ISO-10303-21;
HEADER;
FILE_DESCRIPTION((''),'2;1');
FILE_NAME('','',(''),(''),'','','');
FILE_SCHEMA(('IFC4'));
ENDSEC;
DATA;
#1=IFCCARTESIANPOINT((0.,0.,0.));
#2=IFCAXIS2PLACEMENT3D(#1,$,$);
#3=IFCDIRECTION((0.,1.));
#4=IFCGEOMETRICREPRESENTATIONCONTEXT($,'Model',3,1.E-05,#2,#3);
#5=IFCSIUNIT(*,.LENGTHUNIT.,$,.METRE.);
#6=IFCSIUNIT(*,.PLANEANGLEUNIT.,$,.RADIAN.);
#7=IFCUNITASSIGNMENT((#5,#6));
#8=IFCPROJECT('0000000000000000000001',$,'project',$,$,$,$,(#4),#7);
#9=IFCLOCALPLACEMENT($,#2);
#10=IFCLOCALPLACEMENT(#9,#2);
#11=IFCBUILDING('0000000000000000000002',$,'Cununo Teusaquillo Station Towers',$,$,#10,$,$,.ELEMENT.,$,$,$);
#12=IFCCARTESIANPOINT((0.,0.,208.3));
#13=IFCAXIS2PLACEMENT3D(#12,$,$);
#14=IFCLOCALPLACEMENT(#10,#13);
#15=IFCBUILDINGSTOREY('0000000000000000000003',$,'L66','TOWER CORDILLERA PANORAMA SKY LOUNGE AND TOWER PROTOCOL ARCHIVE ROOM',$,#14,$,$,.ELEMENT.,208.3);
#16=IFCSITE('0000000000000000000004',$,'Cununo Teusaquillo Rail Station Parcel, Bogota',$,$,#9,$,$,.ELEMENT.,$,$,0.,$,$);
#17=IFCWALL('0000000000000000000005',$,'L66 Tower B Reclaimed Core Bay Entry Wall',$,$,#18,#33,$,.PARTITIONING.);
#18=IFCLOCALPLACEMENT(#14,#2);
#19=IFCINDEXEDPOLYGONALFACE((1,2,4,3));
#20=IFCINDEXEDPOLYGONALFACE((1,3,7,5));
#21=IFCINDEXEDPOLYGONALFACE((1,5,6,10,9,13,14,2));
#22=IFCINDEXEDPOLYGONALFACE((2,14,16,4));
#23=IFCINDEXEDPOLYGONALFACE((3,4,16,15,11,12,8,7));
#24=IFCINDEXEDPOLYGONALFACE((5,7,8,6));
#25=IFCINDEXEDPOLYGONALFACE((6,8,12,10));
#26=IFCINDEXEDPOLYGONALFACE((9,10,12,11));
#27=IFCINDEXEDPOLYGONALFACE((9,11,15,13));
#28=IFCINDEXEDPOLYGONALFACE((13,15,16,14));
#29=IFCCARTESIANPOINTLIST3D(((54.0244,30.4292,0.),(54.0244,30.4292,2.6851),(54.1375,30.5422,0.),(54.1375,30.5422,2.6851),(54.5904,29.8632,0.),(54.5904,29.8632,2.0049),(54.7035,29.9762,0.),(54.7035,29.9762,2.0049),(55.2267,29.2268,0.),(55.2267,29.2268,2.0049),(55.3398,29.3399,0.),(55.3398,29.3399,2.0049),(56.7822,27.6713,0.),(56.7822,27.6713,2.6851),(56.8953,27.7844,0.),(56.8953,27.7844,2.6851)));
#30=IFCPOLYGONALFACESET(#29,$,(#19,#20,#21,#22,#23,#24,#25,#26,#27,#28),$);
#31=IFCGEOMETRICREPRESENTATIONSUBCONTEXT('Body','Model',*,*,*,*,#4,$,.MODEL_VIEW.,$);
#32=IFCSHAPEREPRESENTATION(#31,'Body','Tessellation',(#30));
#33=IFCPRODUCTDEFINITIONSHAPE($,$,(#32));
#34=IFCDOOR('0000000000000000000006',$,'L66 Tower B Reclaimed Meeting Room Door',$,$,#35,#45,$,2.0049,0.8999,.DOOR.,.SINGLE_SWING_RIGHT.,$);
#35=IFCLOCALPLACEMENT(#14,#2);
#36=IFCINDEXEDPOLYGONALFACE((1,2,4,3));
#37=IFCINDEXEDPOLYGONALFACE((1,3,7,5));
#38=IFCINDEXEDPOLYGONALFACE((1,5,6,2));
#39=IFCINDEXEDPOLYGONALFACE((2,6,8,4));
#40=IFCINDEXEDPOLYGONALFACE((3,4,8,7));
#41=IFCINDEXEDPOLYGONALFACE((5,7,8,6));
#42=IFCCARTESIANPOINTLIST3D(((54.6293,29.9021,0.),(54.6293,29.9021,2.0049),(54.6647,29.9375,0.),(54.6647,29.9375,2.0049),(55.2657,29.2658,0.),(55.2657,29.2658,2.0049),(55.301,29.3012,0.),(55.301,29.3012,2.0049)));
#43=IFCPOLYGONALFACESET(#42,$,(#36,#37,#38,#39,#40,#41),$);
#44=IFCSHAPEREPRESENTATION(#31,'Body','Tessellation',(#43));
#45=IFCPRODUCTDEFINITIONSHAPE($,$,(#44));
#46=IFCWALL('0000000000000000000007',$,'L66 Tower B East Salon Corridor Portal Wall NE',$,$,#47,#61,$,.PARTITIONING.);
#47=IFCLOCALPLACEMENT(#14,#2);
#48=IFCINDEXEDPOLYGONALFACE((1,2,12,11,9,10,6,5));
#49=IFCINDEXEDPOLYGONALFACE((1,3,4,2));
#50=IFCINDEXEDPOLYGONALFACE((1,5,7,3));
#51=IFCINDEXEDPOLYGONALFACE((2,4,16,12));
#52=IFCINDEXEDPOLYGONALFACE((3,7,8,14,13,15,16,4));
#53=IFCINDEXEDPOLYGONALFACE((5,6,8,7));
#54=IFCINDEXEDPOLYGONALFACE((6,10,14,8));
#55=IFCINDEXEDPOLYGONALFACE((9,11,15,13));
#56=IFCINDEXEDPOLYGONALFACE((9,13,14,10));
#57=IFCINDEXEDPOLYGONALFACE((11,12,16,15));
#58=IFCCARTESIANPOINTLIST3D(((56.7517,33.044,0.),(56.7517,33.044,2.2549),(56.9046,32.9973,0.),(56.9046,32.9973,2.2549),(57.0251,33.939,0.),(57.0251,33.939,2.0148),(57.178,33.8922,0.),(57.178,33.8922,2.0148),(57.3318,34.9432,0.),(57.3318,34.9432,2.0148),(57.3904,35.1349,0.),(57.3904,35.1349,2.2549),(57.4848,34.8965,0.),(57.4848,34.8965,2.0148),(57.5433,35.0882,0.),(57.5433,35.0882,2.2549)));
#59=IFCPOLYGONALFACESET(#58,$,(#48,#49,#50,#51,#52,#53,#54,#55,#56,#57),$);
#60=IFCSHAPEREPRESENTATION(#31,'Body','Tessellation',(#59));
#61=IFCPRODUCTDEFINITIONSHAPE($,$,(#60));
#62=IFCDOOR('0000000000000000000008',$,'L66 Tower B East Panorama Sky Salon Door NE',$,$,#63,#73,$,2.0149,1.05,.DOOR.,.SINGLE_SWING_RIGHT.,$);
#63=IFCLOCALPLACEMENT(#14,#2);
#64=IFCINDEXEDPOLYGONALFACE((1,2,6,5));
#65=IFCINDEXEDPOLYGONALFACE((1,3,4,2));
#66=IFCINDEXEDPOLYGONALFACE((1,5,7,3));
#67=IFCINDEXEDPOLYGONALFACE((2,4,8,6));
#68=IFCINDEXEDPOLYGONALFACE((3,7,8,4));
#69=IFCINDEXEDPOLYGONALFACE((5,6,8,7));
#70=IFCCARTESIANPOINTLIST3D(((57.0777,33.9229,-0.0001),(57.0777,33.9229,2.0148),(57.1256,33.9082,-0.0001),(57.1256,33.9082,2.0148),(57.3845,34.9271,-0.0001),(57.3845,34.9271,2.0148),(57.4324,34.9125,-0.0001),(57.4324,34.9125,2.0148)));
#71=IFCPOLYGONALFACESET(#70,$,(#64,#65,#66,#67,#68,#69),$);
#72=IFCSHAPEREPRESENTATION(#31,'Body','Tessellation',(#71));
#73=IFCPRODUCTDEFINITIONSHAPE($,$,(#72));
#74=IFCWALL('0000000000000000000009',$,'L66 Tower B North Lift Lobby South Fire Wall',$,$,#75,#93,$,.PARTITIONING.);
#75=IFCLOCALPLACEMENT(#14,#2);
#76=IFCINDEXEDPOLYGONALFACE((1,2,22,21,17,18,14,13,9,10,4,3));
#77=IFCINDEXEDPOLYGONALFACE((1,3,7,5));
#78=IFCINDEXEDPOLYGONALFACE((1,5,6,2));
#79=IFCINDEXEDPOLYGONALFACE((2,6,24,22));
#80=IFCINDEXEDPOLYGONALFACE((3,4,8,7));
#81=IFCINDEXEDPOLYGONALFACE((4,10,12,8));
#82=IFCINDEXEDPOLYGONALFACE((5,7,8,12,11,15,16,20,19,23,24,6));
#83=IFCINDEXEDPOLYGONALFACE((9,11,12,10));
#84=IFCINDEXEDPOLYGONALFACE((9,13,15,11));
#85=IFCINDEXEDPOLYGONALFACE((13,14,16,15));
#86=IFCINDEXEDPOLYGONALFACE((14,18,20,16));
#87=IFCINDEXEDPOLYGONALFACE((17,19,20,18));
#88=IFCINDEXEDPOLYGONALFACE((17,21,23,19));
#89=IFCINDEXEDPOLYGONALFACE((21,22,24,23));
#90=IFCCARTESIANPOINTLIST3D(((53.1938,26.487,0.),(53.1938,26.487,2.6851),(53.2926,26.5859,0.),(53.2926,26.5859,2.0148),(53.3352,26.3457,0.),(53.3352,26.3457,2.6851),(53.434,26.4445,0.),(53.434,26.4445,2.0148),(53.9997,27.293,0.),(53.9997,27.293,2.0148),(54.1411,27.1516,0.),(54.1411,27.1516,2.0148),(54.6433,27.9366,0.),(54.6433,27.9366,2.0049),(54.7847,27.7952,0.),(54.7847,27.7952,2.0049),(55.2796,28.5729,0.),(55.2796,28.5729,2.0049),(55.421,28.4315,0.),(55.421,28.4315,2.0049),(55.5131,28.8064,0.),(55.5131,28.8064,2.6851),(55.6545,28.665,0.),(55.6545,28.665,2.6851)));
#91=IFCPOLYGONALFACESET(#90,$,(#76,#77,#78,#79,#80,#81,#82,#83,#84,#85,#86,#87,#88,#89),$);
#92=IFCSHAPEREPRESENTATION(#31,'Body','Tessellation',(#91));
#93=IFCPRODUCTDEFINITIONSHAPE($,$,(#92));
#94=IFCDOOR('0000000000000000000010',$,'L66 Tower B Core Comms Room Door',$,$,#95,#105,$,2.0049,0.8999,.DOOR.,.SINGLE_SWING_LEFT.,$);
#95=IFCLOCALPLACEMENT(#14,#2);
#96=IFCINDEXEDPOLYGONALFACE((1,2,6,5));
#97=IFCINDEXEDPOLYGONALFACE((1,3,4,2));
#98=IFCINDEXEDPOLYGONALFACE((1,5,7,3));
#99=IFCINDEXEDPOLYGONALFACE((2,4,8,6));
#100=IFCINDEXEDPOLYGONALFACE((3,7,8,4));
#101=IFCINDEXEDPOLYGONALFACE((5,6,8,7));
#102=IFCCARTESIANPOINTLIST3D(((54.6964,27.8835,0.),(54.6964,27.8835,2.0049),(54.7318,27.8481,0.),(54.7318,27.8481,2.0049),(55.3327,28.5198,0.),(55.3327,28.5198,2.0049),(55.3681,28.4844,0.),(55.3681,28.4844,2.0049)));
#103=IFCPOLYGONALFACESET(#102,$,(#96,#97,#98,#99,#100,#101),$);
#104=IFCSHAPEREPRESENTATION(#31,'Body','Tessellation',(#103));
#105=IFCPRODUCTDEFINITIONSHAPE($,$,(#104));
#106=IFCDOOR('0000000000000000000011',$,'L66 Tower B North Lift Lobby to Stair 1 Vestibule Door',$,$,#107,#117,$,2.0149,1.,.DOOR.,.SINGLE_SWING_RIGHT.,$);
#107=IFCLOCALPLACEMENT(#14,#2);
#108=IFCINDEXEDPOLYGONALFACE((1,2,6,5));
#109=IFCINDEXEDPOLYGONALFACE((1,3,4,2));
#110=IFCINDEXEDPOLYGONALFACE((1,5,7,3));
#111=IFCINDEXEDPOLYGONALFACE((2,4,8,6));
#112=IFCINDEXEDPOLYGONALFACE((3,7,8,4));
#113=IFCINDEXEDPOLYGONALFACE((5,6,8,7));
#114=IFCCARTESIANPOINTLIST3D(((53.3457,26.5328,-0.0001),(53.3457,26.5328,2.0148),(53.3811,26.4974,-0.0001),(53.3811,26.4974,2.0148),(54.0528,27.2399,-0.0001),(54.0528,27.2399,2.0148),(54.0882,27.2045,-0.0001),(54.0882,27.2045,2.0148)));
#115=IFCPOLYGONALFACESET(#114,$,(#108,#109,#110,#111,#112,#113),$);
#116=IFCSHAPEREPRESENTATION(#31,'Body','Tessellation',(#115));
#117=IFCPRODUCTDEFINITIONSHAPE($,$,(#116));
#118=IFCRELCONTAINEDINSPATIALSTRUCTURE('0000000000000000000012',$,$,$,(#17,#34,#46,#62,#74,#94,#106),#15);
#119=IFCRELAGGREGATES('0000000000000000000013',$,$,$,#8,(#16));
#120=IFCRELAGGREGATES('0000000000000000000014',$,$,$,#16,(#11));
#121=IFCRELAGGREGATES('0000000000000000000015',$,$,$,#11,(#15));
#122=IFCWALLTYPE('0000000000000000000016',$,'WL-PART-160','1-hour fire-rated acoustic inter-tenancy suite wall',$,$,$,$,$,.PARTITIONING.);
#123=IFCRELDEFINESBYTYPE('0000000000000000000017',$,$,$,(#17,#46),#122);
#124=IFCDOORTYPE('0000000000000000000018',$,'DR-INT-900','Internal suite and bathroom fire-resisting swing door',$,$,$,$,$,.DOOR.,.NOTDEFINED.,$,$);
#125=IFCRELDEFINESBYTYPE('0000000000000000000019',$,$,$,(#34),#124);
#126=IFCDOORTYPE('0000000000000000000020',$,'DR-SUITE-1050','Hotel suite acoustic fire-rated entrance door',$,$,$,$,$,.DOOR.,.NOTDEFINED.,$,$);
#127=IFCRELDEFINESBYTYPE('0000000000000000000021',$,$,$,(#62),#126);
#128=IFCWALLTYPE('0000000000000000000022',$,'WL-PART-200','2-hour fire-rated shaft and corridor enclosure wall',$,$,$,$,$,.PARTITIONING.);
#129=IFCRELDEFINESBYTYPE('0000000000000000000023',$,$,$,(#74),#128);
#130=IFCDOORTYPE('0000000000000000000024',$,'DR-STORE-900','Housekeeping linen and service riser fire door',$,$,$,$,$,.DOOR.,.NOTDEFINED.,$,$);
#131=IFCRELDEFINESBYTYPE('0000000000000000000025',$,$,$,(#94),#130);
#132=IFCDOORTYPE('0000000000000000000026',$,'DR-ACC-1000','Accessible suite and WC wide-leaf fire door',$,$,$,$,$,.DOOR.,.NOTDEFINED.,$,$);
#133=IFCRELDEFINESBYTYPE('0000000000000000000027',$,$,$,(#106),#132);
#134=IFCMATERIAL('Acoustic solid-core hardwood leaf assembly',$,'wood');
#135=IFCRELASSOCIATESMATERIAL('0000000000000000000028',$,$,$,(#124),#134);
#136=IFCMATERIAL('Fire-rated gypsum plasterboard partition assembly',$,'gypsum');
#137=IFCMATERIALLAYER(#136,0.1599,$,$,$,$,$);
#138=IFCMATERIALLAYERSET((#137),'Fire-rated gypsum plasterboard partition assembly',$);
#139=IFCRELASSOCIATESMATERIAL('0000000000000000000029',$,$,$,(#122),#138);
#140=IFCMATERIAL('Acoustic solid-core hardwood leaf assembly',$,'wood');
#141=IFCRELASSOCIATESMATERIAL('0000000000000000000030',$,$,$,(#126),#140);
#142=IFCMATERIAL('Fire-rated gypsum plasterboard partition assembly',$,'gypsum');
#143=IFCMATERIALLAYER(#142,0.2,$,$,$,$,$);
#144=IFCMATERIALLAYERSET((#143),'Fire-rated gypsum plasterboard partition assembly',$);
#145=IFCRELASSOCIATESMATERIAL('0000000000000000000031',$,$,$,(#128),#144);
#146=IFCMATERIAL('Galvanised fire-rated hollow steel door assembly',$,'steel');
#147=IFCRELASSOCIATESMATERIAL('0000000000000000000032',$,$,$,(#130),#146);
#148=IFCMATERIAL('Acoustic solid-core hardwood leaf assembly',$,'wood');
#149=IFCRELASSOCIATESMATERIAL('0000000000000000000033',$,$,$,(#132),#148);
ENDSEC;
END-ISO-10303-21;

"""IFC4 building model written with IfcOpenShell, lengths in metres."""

from ifc_helpers import new_model, si_unit, direction, frame, frame_2d, origin, place, context, subcontext, project, spatial, rectangle, extrude, source, transform, mapped, material, layer, layer_set, type_object, element, fill, save


model = new_model("IFC4")

# Units and contexts
model_context = context("Model", 3, precision=1e-05, world=origin(), true_north=direction((0.0, 1.0)))
body_context = subcontext(model_context, "Body", "Model", "MODEL_VIEW")
ifc_project = project(units=[si_unit("LENGTHUNIT", "METRE"), si_unit("PLANEANGLEUNIT", "RADIAN")], contexts=[model_context])

# Site, building, storey
site_placement = place(None, origin())
site = spatial("IfcSite", under=ifc_project, at=site_placement, Name="Cununo Teusaquillo Rail Station Parcel, Bogota", CompositionType="ELEMENT", RefElevation=0.0)
building_placement = place(site_placement, origin())
building = spatial("IfcBuilding", under=site, at=building_placement, Name="Cununo Teusaquillo Station Towers", CompositionType="ELEMENT")
storey_placement = place(building_placement, frame((0.0, 0.0, 208.3)))
storey = spatial("IfcBuildingStorey", under=building, at=storey_placement, Name="L66", Description="TOWER CORDILLERA PANORAMA SKY LOUNGE AND TOWER PROTOCOL ARCHIVE ROOM", CompositionType="ELEMENT", Elevation=208.3)

# Shared definitions
ifc_material_1 = material(Name="Acoustic solid-core hardwood leaf assembly", Category="wood")
door_type_1 = type_object("IfcDoorType", Name="DR-INT-900", Description="Internal suite and bathroom fire-resisting swing door", OperationType="NOTDEFINED", PredefinedType="DOOR", material=ifc_material_1)
shared_shape_1 = source(origin(), body_context, "Body", "SweptSolid", [
    extrude(rectangle(XDim=0.8999, YDim=2.0049, at=frame_2d((0.45, 1.0024))), frame((0.0, 0.0249, 0.0), z_axis=(0.0, -1.0, 0.0), x_axis=(1.0, 0.0, 0.0)), (0.0, 0.0, 1.0), 0.05),
])

# Walls, openings, doors
ifc_material_2 = material(Name="Fire-rated gypsum plasterboard partition assembly", Category="gypsum")
ifc_layer_1 = layer(ifc_material_2, 0.1599)
ifc_layer_set_1 = layer_set([ifc_layer_1], Name="Fire-rated gypsum plasterboard partition assembly")
wall_type_1 = type_object("IfcWallType", Name="WL-PART-160", Description="1-hour fire-rated acoustic inter-tenancy suite wall", PredefinedType="PARTITIONING", material=ifc_layer_set_1)
wall_1_placement = place(storey_placement, frame((56.8389, 27.7278, 0.0), z_axis=(0.0, 0.0, 1.0), x_axis=(-0.707107, 0.707107, 0.0)))
wall_1 = element("IfcWall", 1, at=wall_1_placement, inside=storey, type_object=wall_type_1, Name="L66 Tower B Reclaimed Core Bay Entry Wall", PredefinedType="PARTITIONING", context=body_context, shape_type="SweptSolid", body=[
    extrude(rectangle(XDim=3.9001, YDim=0.1599, at=frame_2d((1.9502, 0.0))), origin(), (0.0, 0.0, 1.0), 2.6851),
])
shared_shape_2 = source(origin(), body_context, "Body", "SweptSolid", [
    extrude(rectangle(XDim=0.8999, YDim=2.0049, at=frame_2d((0.45, 1.0024))), frame((0.0, 0.0898, 0.0), z_axis=(0.0, -1.0, 0.0), x_axis=(1.0, 0.0, 0.0)), (0.0, 0.0, 1.0), 0.1799),
])
opening_1_placement = place(wall_1_placement, frame((2.2, 0.0, 0.0)))
opening_1 = element("IfcOpeningElement", 2, at=opening_1_placement, cuts=wall_1, PredefinedType="OPENING", context=body_context, shape_type="MappedRepresentation", body=[
    mapped(shared_shape_2, transform((0.0, 0.0, 0.0), x_axis=(1.0, 0.0, 0.0), y_axis=(0.0, 1.0, 0.0), z_axis=(0.0, 0.0, 1.0), scale=1.0)),
])
door_1_placement = place(opening_1_placement, origin())
door_1 = element("IfcDoor", 3, at=door_1_placement, inside=storey, type_object=door_type_1, Name="L66 Tower B Reclaimed Meeting Room Door", OperationType="SINGLE_SWING_RIGHT", OverallHeight=2.0049, OverallWidth=0.8999, PredefinedType="DOOR", context=body_context, shape_type="MappedRepresentation", body=[
    mapped(shared_shape_1, transform((0.0, 0.0, 0.0), x_axis=(1.0, 0.0, 0.0), y_axis=(0.0, 1.0, 0.0), z_axis=(0.0, 0.0, 1.0), scale=1.0)),
])
fill(opening_1, door_1)
wall_2_placement = place(storey_placement, frame((56.8281, 33.0205, 0.0), z_axis=(0.0, 0.0, 1.0), x_axis=(0.292139, 0.956376, 0.0)))
wall_2 = element("IfcWall", 4, at=wall_2_placement, inside=storey, type_object=wall_type_1, Name="L66 Tower B East Salon Corridor Portal Wall NE", PredefinedType="PARTITIONING", context=body_context, shape_type="SweptSolid", body=[
    extrude(rectangle(XDim=2.1863, YDim=0.1599, at=frame_2d((1.0933, 0.0))), origin(), (0.0, 0.0, 1.0), 2.2549),
])
shared_shape_3 = source(origin(), body_context, "Body", "SweptSolid", [
    extrude(rectangle(XDim=1.05, YDim=2.0149, at=frame_2d((0.5249, 1.0073))), frame((0.0, 0.0898, 0.0), z_axis=(0.0, -1.0, 0.0), x_axis=(1.0, 0.0, 0.0)), (0.0, 0.0, 1.0), 0.1799),
])
opening_2_placement = place(wall_2_placement, frame((0.936, 0.0, 0.0)))
opening_2 = element("IfcOpeningElement", 5, at=opening_2_placement, cuts=wall_2, PredefinedType="OPENING", context=body_context, shape_type="MappedRepresentation", body=[
    mapped(shared_shape_3, transform((0.0, 0.0, 0.0), x_axis=(1.0, 0.0, 0.0), y_axis=(0.0, 1.0, 0.0), z_axis=(0.0, 0.0, 1.0), scale=1.0)),
])
ifc_material_3 = material(Name="Acoustic solid-core hardwood leaf assembly", Category="wood")
door_type_2 = type_object("IfcDoorType", Name="DR-SUITE-1050", Description="Hotel suite acoustic fire-rated entrance door", OperationType="NOTDEFINED", PredefinedType="DOOR", material=ifc_material_3)
shared_shape_4 = source(origin(), body_context, "Body", "SweptSolid", [
    extrude(rectangle(XDim=1.05, YDim=2.0149, at=frame_2d((0.5249, 1.0073))), frame((0.0, 0.0249, 0.0), z_axis=(0.0, -1.0, 0.0), x_axis=(1.0, 0.0, 0.0)), (0.0, 0.0, 1.0), 0.05),
])
door_2_placement = place(opening_2_placement, origin())
door_2 = element("IfcDoor", 6, at=door_2_placement, inside=storey, type_object=door_type_2, Name="L66 Tower B East Panorama Sky Salon Door NE", OperationType="SINGLE_SWING_RIGHT", OverallHeight=2.0149, OverallWidth=1.05, PredefinedType="DOOR", context=body_context, shape_type="MappedRepresentation", body=[
    mapped(shared_shape_4, transform((0.0, 0.0, 0.0), x_axis=(1.0, 0.0, 0.0), y_axis=(0.0, 1.0, 0.0), z_axis=(0.0, 0.0, 1.0), scale=1.0)),
])
fill(opening_2, door_2)

# Wall, openings, doors
ifc_material_4 = material(Name="Fire-rated gypsum plasterboard partition assembly", Category="gypsum")
ifc_layer_2 = layer(ifc_material_4, 0.2)
ifc_layer_set_2 = layer_set([ifc_layer_2], Name="Fire-rated gypsum plasterboard partition assembly")
wall_type_2 = type_object("IfcWallType", Name="WL-PART-200", Description="2-hour fire-rated shaft and corridor enclosure wall", PredefinedType="PARTITIONING", material=ifc_layer_set_2)
wall_3_placement = place(storey_placement, frame((53.2644, 26.4163, 0.0), z_axis=(0.0, 0.0, 1.0), x_axis=(0.707107, 0.707107, 0.0)))
wall_3 = element("IfcWall", 7, at=wall_3_placement, inside=storey, type_object=wall_type_2, Name="L66 Tower B North Lift Lobby South Fire Wall", PredefinedType="PARTITIONING", context=body_context, shape_type="SweptSolid", body=[
    extrude(rectangle(XDim=3.28, YDim=0.2, at=frame_2d((1.6401, 0.0))), origin(), (0.0, 0.0, 1.0), 2.6851),
])
shared_shape_5 = source(origin(), body_context, "Body", "SweptSolid", [
    extrude(rectangle(XDim=1.0, YDim=2.0149, at=frame_2d((0.5, 1.0073))), frame((0.0, 0.1099, 0.0), z_axis=(0.0, -1.0, 0.0), x_axis=(1.0, 0.0, 0.0)), (0.0, 0.0, 1.0), 0.22),
])
opening_3_placement = place(wall_3_placement, frame((0.1399, 0.0, 0.0)))
opening_3 = element("IfcOpeningElement", 8, at=opening_3_placement, cuts=wall_3, PredefinedType="OPENING", context=body_context, shape_type="MappedRepresentation", body=[
    mapped(shared_shape_5, transform((0.0, 0.0, 0.0), x_axis=(1.0, 0.0, 0.0), y_axis=(0.0, 1.0, 0.0), z_axis=(0.0, 0.0, 1.0), scale=1.0)),
])
shared_shape_6 = source(origin(), body_context, "Body", "SweptSolid", [
    extrude(rectangle(XDim=0.8999, YDim=2.0049, at=frame_2d((0.45, 1.0024))), frame((0.0, 0.1099, 0.0), z_axis=(0.0, -1.0, 0.0), x_axis=(1.0, 0.0, 0.0)), (0.0, 0.0, 1.0), 0.22),
])
opening_4_placement = place(wall_3_placement, frame((2.05, 0.0, 0.0)))
opening_4 = element("IfcOpeningElement", 9, at=opening_4_placement, cuts=wall_3, PredefinedType="OPENING", context=body_context, shape_type="MappedRepresentation", body=[
    mapped(shared_shape_6, transform((0.0, 0.0, 0.0), x_axis=(1.0, 0.0, 0.0), y_axis=(0.0, 1.0, 0.0), z_axis=(0.0, 0.0, 1.0), scale=1.0)),
])
ifc_material_5 = material(Name="Galvanised fire-rated hollow steel door assembly", Category="steel")
door_type_3 = type_object("IfcDoorType", Name="DR-STORE-900", Description="Housekeeping linen and service riser fire door", OperationType="NOTDEFINED", PredefinedType="DOOR", material=ifc_material_5)
door_3_placement = place(opening_4_placement, origin())
door_3 = element("IfcDoor", 10, at=door_3_placement, inside=storey, type_object=door_type_3, Name="L66 Tower B Core Comms Room Door", OperationType="SINGLE_SWING_LEFT", OverallHeight=2.0049, OverallWidth=0.8999, PredefinedType="DOOR", context=body_context, shape_type="MappedRepresentation", body=[
    mapped(shared_shape_1, transform((0.0, 0.0, 0.0), x_axis=(1.0, 0.0, 0.0), y_axis=(0.0, 1.0, 0.0), z_axis=(0.0, 0.0, 1.0), scale=1.0)),
])
fill(opening_4, door_3)
ifc_material_6 = material(Name="Acoustic solid-core hardwood leaf assembly", Category="wood")
door_type_4 = type_object("IfcDoorType", Name="DR-ACC-1000", Description="Accessible suite and WC wide-leaf fire door", OperationType="NOTDEFINED", PredefinedType="DOOR", material=ifc_material_6)
shared_shape_7 = source(origin(), body_context, "Body", "SweptSolid", [
    extrude(rectangle(XDim=1.0, YDim=2.0149, at=frame_2d((0.5, 1.0073))), frame((0.0, 0.0249, 0.0), z_axis=(0.0, -1.0, 0.0), x_axis=(1.0, 0.0, 0.0)), (0.0, 0.0, 1.0), 0.05),
])
door_4_placement = place(opening_3_placement, origin())
door_4 = element("IfcDoor", 11, at=door_4_placement, inside=storey, type_object=door_type_4, Name="L66 Tower B North Lift Lobby to Stair 1 Vestibule Door", OperationType="SINGLE_SWING_RIGHT", OverallHeight=2.0149, OverallWidth=1.0, PredefinedType="DOOR", context=body_context, shape_type="MappedRepresentation", body=[
    mapped(shared_shape_7, transform((0.0, 0.0, 0.0), x_axis=(1.0, 0.0, 0.0), y_axis=(0.0, 1.0, 0.0), z_axis=(0.0, 0.0, 1.0), scale=1.0)),
])
fill(opening_3, door_4)

save(model, "model.ifc")
